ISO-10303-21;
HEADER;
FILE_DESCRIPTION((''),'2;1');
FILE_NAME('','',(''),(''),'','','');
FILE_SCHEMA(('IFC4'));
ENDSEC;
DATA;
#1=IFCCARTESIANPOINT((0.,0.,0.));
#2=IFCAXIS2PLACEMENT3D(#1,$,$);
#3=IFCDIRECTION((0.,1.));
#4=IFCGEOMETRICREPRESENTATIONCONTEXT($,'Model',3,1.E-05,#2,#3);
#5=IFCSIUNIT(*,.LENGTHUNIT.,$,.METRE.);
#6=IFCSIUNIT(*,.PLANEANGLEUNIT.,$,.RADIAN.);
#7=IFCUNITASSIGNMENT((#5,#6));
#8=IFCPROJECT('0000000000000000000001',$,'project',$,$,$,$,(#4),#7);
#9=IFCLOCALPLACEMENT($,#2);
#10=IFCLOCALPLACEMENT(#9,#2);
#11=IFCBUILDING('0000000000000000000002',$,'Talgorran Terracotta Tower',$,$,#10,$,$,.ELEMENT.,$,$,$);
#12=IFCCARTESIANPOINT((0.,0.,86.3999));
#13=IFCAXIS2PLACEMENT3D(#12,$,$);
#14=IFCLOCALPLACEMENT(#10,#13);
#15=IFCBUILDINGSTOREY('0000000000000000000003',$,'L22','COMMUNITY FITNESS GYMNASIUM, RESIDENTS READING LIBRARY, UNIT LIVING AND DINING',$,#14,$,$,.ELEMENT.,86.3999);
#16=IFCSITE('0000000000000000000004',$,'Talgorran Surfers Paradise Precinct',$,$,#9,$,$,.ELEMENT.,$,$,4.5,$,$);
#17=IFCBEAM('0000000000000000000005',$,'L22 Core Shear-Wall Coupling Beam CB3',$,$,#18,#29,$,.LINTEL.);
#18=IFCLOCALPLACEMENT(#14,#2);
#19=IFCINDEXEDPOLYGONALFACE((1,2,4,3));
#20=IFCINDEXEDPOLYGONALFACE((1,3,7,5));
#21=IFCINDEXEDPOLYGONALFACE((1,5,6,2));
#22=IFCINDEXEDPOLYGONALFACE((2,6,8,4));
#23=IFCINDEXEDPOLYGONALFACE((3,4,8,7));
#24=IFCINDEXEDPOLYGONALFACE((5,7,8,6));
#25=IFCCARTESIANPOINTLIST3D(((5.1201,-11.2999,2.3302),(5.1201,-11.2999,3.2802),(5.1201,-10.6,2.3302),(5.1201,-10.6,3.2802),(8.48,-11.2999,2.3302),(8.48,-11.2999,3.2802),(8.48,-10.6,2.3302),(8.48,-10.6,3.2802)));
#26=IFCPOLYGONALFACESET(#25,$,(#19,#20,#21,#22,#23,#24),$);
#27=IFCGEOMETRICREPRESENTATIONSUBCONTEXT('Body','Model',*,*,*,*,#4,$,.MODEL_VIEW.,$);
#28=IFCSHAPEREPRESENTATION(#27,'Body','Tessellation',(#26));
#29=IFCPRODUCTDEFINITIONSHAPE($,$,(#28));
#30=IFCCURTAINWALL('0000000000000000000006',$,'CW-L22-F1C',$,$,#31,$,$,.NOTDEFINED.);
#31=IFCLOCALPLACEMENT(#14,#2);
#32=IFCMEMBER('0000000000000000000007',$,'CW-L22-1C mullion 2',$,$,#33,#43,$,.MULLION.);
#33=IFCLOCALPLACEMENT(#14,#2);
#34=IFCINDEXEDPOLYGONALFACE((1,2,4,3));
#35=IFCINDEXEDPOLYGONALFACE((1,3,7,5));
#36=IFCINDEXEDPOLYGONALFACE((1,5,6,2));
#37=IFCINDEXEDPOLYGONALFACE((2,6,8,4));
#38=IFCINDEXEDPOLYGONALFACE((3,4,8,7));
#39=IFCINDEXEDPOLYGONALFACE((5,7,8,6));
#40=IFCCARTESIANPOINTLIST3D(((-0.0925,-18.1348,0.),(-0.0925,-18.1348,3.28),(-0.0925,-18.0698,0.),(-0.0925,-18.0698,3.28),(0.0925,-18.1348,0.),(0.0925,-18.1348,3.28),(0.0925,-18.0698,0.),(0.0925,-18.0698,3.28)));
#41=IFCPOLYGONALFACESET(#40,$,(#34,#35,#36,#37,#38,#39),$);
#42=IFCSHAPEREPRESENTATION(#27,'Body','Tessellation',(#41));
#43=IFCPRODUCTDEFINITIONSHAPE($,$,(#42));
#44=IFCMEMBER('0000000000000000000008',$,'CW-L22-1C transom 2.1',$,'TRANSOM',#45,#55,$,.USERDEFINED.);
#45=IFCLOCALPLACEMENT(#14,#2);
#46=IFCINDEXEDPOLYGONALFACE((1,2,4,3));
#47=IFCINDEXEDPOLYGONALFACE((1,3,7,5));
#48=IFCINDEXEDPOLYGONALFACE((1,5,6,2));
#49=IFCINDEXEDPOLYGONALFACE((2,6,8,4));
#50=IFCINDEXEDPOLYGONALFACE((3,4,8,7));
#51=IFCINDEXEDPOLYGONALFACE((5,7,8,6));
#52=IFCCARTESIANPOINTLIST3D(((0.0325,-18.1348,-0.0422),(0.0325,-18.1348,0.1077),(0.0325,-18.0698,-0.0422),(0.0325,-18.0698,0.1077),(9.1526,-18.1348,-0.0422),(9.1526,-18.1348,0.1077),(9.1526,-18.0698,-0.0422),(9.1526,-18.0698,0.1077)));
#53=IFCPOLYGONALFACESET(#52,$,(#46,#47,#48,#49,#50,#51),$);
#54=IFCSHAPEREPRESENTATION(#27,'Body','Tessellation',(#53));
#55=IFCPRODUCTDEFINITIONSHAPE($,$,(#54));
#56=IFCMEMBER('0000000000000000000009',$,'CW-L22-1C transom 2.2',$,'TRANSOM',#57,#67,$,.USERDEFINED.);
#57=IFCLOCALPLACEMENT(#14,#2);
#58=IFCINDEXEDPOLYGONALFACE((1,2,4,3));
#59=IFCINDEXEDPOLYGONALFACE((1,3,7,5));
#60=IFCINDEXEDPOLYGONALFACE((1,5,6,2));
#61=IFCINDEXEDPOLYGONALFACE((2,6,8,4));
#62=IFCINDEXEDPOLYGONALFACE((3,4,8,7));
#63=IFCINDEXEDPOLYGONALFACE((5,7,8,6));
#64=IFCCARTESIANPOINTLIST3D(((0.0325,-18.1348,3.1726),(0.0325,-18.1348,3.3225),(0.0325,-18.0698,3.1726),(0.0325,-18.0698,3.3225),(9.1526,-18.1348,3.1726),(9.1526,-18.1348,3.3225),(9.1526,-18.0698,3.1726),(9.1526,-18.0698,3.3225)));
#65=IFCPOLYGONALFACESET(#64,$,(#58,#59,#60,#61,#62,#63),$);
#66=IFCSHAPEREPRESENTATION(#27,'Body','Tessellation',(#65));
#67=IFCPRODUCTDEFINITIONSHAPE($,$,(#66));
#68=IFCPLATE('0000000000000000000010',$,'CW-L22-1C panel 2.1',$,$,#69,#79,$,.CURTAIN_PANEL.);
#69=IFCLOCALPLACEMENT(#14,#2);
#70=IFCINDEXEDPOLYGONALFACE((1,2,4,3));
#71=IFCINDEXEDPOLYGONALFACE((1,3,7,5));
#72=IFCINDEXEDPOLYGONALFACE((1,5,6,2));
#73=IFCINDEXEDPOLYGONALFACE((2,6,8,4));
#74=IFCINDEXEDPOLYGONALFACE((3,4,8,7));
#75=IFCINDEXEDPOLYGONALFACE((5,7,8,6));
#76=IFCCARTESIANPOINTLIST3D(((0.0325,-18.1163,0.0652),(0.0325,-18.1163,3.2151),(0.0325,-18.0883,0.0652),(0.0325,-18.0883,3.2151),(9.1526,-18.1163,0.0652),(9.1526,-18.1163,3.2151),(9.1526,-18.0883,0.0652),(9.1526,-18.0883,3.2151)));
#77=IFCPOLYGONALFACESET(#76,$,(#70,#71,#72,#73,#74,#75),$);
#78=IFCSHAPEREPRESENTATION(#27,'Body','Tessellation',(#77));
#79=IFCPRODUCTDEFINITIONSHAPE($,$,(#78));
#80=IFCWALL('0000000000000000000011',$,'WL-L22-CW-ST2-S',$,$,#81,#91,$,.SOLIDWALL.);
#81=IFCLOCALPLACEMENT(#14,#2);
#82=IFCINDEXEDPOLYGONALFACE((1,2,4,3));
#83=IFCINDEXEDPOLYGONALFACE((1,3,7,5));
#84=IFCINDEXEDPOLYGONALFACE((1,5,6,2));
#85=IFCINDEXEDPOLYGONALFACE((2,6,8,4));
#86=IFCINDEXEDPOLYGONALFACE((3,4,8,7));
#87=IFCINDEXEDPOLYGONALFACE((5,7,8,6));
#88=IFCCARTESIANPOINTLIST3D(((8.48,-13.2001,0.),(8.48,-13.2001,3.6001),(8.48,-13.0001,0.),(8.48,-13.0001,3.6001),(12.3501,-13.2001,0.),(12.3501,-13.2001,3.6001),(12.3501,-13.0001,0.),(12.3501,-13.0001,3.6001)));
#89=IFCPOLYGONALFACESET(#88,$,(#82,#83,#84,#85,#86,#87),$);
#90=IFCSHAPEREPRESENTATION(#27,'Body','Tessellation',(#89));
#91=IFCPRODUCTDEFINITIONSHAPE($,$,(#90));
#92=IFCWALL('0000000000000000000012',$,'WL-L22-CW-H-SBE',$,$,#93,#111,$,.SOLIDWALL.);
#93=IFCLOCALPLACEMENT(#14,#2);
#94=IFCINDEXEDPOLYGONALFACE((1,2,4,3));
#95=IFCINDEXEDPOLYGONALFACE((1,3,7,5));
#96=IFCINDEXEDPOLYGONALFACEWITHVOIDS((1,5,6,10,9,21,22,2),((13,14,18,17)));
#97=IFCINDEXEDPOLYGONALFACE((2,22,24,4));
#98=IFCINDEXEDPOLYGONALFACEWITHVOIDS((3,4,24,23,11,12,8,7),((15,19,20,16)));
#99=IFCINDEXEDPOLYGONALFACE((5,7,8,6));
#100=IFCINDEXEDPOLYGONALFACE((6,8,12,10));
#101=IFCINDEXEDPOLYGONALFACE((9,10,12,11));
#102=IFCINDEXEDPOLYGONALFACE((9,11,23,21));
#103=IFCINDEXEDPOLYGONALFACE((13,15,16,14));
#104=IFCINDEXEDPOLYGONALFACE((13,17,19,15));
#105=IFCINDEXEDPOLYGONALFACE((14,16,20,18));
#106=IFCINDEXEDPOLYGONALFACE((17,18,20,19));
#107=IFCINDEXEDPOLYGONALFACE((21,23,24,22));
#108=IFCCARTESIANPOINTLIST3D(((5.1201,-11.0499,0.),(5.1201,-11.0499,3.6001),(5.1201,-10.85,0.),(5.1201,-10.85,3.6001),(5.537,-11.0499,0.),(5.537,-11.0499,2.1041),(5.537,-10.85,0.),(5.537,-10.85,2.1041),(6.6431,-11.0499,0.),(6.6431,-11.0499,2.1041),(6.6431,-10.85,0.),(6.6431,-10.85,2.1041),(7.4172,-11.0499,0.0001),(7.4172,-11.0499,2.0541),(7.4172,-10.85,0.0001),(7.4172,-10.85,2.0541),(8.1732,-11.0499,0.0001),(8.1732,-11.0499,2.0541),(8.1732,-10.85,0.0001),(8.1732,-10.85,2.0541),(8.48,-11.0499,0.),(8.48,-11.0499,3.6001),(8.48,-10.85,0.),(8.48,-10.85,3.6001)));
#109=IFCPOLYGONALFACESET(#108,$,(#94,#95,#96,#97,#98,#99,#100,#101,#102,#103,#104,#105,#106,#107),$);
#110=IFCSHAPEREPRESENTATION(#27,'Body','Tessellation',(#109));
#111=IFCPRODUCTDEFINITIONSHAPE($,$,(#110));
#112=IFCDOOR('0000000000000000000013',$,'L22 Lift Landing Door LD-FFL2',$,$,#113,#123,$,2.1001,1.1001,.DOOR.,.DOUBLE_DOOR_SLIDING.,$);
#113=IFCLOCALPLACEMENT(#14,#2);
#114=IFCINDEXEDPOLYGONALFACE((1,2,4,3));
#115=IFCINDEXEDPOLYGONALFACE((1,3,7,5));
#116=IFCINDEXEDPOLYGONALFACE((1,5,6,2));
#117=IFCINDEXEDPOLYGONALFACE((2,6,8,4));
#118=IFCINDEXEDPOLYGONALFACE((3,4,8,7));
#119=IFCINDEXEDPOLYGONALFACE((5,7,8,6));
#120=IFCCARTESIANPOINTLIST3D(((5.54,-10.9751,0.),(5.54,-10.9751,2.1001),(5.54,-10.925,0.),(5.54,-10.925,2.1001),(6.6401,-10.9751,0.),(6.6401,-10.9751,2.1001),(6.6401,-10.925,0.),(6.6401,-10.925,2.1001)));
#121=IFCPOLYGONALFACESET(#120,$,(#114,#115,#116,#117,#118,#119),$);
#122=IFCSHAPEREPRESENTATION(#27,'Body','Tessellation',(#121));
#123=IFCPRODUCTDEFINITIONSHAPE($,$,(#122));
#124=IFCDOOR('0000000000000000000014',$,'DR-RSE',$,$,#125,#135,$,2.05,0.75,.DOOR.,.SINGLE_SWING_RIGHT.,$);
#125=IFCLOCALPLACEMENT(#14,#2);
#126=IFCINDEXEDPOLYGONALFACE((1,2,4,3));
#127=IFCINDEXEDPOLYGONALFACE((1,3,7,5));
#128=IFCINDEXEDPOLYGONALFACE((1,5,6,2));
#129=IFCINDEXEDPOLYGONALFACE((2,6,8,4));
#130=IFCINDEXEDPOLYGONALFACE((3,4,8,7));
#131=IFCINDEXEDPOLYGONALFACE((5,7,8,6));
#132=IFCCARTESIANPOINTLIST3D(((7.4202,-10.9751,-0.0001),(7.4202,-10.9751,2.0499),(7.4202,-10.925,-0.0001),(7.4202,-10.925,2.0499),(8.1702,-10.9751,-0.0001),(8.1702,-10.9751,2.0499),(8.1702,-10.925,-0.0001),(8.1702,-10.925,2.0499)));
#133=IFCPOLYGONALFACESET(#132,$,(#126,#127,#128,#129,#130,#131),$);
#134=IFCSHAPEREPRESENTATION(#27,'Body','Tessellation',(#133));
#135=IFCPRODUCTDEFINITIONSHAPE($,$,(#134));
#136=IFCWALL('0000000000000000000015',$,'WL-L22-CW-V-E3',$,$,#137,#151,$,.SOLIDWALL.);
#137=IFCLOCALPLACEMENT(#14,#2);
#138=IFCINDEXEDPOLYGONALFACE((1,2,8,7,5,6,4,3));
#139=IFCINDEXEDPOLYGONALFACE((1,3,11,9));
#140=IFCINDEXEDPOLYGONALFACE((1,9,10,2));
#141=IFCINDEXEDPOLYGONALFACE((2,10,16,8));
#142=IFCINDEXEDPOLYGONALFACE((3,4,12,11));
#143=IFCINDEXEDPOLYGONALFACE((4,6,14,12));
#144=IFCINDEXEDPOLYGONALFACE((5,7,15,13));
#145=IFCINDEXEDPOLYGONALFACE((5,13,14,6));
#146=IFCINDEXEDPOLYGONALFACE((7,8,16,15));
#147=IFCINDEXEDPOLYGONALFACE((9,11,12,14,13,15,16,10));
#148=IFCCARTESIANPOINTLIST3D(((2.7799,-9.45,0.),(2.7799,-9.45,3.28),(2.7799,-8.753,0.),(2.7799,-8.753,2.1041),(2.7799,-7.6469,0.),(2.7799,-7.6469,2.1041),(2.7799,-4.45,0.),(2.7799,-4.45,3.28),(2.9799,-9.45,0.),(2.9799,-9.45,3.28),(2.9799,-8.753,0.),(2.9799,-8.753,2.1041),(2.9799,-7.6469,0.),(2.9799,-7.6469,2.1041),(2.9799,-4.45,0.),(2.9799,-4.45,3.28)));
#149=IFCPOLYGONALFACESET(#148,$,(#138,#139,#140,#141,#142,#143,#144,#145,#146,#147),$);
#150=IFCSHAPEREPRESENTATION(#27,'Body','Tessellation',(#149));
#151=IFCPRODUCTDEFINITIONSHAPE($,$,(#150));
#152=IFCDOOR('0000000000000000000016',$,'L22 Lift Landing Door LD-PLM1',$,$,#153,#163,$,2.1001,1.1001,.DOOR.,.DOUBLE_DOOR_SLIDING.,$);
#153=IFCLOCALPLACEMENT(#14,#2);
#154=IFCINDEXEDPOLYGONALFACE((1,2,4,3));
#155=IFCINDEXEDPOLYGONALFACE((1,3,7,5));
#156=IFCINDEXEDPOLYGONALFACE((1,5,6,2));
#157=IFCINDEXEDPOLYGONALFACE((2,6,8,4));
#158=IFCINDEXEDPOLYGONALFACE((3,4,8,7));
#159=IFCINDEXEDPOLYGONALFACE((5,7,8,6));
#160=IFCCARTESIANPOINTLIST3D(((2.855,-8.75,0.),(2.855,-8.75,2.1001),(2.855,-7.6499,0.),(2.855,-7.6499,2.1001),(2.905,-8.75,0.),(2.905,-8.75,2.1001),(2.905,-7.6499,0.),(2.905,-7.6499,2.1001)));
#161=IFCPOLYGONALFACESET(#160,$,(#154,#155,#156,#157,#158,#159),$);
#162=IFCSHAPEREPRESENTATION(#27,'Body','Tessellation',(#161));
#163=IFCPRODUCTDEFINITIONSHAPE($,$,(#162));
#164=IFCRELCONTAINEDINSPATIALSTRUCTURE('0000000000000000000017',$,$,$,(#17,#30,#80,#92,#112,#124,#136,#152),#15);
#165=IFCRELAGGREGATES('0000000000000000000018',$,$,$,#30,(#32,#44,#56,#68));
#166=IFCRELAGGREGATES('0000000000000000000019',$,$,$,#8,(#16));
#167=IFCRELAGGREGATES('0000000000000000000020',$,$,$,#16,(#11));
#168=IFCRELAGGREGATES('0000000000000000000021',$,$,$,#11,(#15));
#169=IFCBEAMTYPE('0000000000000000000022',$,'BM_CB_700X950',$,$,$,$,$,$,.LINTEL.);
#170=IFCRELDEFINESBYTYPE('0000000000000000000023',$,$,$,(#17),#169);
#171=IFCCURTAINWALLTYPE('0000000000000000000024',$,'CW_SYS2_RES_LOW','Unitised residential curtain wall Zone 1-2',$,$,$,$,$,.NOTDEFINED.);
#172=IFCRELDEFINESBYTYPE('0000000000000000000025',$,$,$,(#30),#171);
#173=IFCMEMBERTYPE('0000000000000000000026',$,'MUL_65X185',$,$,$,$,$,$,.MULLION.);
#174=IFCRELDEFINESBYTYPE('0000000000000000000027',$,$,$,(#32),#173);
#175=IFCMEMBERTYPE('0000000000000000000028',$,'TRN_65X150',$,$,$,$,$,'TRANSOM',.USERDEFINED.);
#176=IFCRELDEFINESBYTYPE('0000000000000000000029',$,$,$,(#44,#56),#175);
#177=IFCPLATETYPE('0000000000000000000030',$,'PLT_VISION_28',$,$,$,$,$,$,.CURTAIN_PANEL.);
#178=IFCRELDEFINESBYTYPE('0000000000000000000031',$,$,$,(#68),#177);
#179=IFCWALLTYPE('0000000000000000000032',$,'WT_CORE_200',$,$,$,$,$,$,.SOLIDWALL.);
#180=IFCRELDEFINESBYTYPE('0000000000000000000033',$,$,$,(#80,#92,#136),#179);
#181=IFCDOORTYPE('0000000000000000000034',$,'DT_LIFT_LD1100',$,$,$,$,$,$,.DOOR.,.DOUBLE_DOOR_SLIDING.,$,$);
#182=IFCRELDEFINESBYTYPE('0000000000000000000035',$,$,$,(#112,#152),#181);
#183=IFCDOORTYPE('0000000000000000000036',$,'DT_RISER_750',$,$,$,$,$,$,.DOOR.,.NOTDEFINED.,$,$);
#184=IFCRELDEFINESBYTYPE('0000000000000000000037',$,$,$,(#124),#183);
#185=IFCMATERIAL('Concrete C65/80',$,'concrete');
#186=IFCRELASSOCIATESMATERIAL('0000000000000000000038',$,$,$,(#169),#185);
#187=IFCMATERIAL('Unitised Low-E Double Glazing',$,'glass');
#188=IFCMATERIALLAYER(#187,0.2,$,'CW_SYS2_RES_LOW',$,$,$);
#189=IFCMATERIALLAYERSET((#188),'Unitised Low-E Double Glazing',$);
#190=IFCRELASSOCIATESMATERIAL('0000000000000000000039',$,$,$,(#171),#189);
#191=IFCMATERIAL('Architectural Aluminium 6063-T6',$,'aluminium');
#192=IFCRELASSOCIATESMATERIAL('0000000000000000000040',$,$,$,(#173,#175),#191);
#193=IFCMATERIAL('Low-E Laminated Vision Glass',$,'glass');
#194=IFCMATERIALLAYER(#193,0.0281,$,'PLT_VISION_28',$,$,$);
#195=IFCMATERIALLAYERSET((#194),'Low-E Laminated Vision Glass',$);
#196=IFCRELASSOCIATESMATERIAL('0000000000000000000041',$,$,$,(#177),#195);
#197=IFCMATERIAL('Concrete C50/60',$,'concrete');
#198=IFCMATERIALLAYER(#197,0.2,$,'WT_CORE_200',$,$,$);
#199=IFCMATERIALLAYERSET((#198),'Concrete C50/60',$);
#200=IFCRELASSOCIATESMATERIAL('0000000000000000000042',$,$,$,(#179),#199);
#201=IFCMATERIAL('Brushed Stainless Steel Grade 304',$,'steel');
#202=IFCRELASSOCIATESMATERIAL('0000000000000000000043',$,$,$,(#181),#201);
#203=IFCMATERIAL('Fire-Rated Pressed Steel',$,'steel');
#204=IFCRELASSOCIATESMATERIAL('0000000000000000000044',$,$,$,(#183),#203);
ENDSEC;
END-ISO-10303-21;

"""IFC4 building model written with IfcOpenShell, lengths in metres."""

from ifc_helpers import new_model, si_unit, direction, frame, frame_2d, origin, origin_2d, place, context, subcontext, project, spatial, rectangle, extrude, source, transform, mapped, material, layer, layer_set, material_profile, profile_set, type_object, type_shapes, element, fill, aggregate, save


model = new_model("IFC4")

# Units and contexts
model_context = context("Model", 3, precision=1e-05, world=origin(), true_north=direction((0.0, 1.0)))
body_context = subcontext(model_context, "Body", "Model", "MODEL_VIEW")
ifc_project = project(units=[si_unit("LENGTHUNIT", "METRE"), si_unit("PLANEANGLEUNIT", "RADIAN")], contexts=[model_context])

# Site, building, storey
site_placement = place(None, origin())
site = spatial("IfcSite", under=ifc_project, at=site_placement, Name="Talgorran Surfers Paradise Precinct", CompositionType="ELEMENT", RefElevation=4.5)
building_placement = place(site_placement, origin())
building = spatial("IfcBuilding", under=site, at=building_placement, Name="Talgorran Terracotta Tower", CompositionType="ELEMENT")
storey_placement = place(building_placement, frame((0.0, 0.0, 86.3999)))
storey = spatial("IfcBuildingStorey", under=building, at=storey_placement, Name="L22", Description="COMMUNITY FITNESS GYMNASIUM, RESIDENTS READING LIBRARY, UNIT LIVING AND DINING", CompositionType="ELEMENT", Elevation=86.3999)

# Beam
ifc_material_1 = material(Name="Concrete C65/80", Category="concrete")
ifc_material_profile_1 = material_profile(ifc_material_1, rectangle(XDim=0.7, YDim=0.95, at=origin_2d()), Name="RCCB700X950")
ifc_profile_set_1 = profile_set([ifc_material_profile_1], Name="Concrete C65/80")
beam_type = type_object("IfcBeamType", Name="BM_CB_700X950", PredefinedType="LINTEL", material=ifc_profile_set_1)
beam_placement = place(storey_placement, frame((5.1201, -10.95, 2.8052), z_axis=(1.0, 0.0, 0.0), x_axis=(0.0, 1.0, 0.0)))
element("IfcBeam", 1, at=beam_placement, inside=storey, type_object=beam_type, Name="L22 Core Shear-Wall Coupling Beam CB3", PredefinedType="LINTEL", context=body_context, shape_type="SweptSolid", body=[
    extrude(rectangle(XDim=0.7, YDim=0.95, at=origin_2d()), origin(), (0.0, 0.0, 1.0), 3.3599),
])

# Curtain wall, members, plate
ifc_material_2 = material(Name="Unitised Low-E Double Glazing", Category="glass")
ifc_layer_1 = layer(ifc_material_2, 0.2, Name="CW_SYS2_RES_LOW")
ifc_layer_set_1 = layer_set([ifc_layer_1], Name="Unitised Low-E Double Glazing")
curtain_wall_type = type_object("IfcCurtainWallType", Name="CW_SYS2_RES_LOW", Description="Unitised residential curtain wall Zone 1-2", PredefinedType="NOTDEFINED", material=ifc_layer_set_1)
curtain_wall_placement = place(storey_placement, origin())
curtain_wall = element("IfcCurtainWall", 2, at=curtain_wall_placement, inside=storey, type_object=curtain_wall_type, Name="CW-L22-F1C", PredefinedType="NOTDEFINED")
ifc_material_3 = material(Name="Architectural Aluminium 6063-T6", Category="aluminium")
ifc_material_profile_2 = material_profile(ifc_material_3, rectangle(XDim=0.0649, YDim=0.1851, at=origin_2d()), Name="CWM65X185")
ifc_profile_set_2 = profile_set([ifc_material_profile_2], Name="Architectural Aluminium 6063-T6")
member_type_1 = type_object("IfcMemberType", Name="MUL_65X185", PredefinedType="MULLION", material=ifc_profile_set_2)
member_1_placement = place(storey_placement, frame((0.0, -18.1023, 0.0), z_axis=(0.0, 0.0, 1.0), x_axis=(0.0, 1.0, 0.0)))
member_1 = element("IfcMember", 3, at=member_1_placement, type_object=member_type_1, Name="CW-L22-1C mullion 2", PredefinedType="MULLION", context=body_context, shape_type="SweptSolid", body=[
    extrude(rectangle(XDim=0.0649, YDim=0.1851, at=origin_2d()), origin(), (0.0, 0.0, 1.0), 3.28),
])
ifc_material_profile_3 = material_profile(ifc_material_3, rectangle(XDim=0.0649, YDim=0.1499, at=origin_2d()), Name="CWT65X150")
ifc_profile_set_3 = profile_set([ifc_material_profile_3], Name="Architectural Aluminium 6063-T6")
member_type_2 = type_object("IfcMemberType", Name="TRN_65X150", ElementType="TRANSOM", PredefinedType="USERDEFINED", material=ifc_profile_set_3)
member_2_placement = place(storey_placement, frame((0.0325, -18.1023, 0.0327), z_axis=(1.0, 0.0, 0.0), x_axis=(0.0, 1.0, 0.0)))
member_2 = element("IfcMember", 4, at=member_2_placement, type_object=member_type_2, Name="CW-L22-1C transom 2.1", ObjectType="TRANSOM", PredefinedType="USERDEFINED", context=body_context, shape_type="SweptSolid", body=[
    extrude(rectangle(XDim=0.0649, YDim=0.1499, at=origin_2d()), origin(), (0.0, 0.0, 1.0), 9.1201),
])
member_3_placement = place(storey_placement, frame((0.0325, -18.1023, 3.2476), z_axis=(1.0, 0.0, 0.0), x_axis=(0.0, 1.0, 0.0)))
member_3 = element("IfcMember", 5, at=member_3_placement, type_object=member_type_2, Name="CW-L22-1C transom 2.2", ObjectType="TRANSOM", PredefinedType="USERDEFINED", context=body_context, shape_type="SweptSolid", body=[
    extrude(rectangle(XDim=0.0649, YDim=0.1499, at=origin_2d()), origin(), (0.0, 0.0, 1.0), 9.1201),
])
ifc_material_4 = material(Name="Low-E Laminated Vision Glass", Category="glass")
ifc_layer_2 = layer(ifc_material_4, 0.0281, Name="PLT_VISION_28")
ifc_layer_set_2 = layer_set([ifc_layer_2], Name="Low-E Laminated Vision Glass")
plate_type = type_object("IfcPlateType", Name="PLT_VISION_28", PredefinedType="CURTAIN_PANEL", material=ifc_layer_set_2)
shared_shape = source(origin(), body_context, "Body", "SweptSolid", [
    extrude(rectangle(XDim=9.1201, YDim=0.0281, at=origin_2d()), origin(), (0.0, 0.0, 1.0), 3.1499),
])
type_shapes(plate_type, [shared_shape])
plate_placement = place(storey_placement, frame((4.5925, -18.1023, 0.0652), z_axis=(0.0, 0.0, 1.0), x_axis=(1.0, 0.0, 0.0)))
plate = element("IfcPlate", 6, at=plate_placement, type_object=plate_type, Name="CW-L22-1C panel 2.1", PredefinedType="CURTAIN_PANEL", context=body_context, shape_type="MappedRepresentation", body=[
    mapped(shared_shape, transform((0.0, 0.0, 0.0), scale=1.0)),
])
aggregate(curtain_wall, [member_1, member_2, member_3, plate])

# Wall
ifc_material_5 = material(Name="Concrete C50/60", Category="concrete")
ifc_layer_3 = layer(ifc_material_5, 0.2, Name="WT_CORE_200")
ifc_layer_set_3 = layer_set([ifc_layer_3], Name="Concrete C50/60")
wall_type_1 = type_object("IfcWallType", Name="WT_CORE_200", PredefinedType="SOLIDWALL", material=ifc_layer_set_3)
wall_1_placement = place(storey_placement, frame((8.48, -13.1001, 0.0), z_axis=(0.0, 0.0, 1.0), x_axis=(1.0, 0.0, 0.0)))
element("IfcWall", 7, at=wall_1_placement, inside=storey, type_object=wall_type_1, Name="WL-L22-CW-ST2-S", PredefinedType="SOLIDWALL", context=body_context, shape_type="SweptSolid", body=[
    extrude(rectangle(XDim=3.8701, YDim=0.2, at=frame_2d((1.9351, 0.0))), origin(), (0.0, 0.0, 1.0), 3.6001),
])

# Wall, openings, doors
wall_2_placement = place(storey_placement, frame((5.1201, -10.95, 0.0), z_axis=(0.0, 0.0, 1.0), x_axis=(1.0, 0.0, 0.0)))
wall_2 = element("IfcWall", 8, at=wall_2_placement, inside=storey, type_object=wall_type_1, Name="WL-L22-CW-H-SBE", PredefinedType="SOLIDWALL", context=body_context, shape_type="SweptSolid", body=[
    extrude(rectangle(XDim=3.3599, YDim=0.2, at=frame_2d((1.6799, 0.0))), origin(), (0.0, 0.0, 1.0), 3.6001),
])
opening_1_placement = place(wall_2_placement, frame((0.4199, 0.0, 0.0)))
opening_1 = element("IfcOpeningElement", 9, at=opening_1_placement, cuts=wall_2, PredefinedType="OPENING", context=body_context, shape_type="SweptSolid", body=[
    extrude(rectangle(XDim=1.1061, YDim=2.1041, at=frame_2d((0.55, 1.052))), frame((0.0, 0.1099, 0.0), z_axis=(0.0, -1.0, 0.0), x_axis=(1.0, 0.0, 0.0)), (0.0, 0.0, 1.0), 0.22),
])
opening_2_placement = place(wall_2_placement, frame((2.3, 0.0, 0.0)))
opening_2 = element("IfcOpeningElement", 10, at=opening_2_placement, cuts=wall_2, PredefinedType="OPENING", context=body_context, shape_type="SweptSolid", body=[
    extrude(rectangle(XDim=0.756, YDim=2.054, at=frame_2d((0.375, 1.0271))), frame((0.0, 0.1099, 0.0), z_axis=(0.0, -1.0, 0.0), x_axis=(1.0, 0.0, 0.0)), (0.0, 0.0, 1.0), 0.22),
])
ifc_material_6 = material(Name="Brushed Stainless Steel Grade 304", Category="steel")
door_type_1 = type_object("IfcDoorType", Name="DT_LIFT_LD1100", OperationType="DOUBLE_DOOR_SLIDING", PredefinedType="DOOR", material=ifc_material_6)
door_1_placement = place(opening_1_placement, origin())
door_1 = element("IfcDoor", 11, at=door_1_placement, inside=storey, type_object=door_type_1, Name="L22 Lift Landing Door LD-FFL2", OperationType="DOUBLE_DOOR_SLIDING", OverallHeight=2.1001, OverallWidth=1.1001, PredefinedType="DOOR", context=body_context, shape_type="SweptSolid", body=[
    extrude(rectangle(XDim=1.1001, YDim=2.1001, at=frame_2d((0.55, 1.05))), frame((0.0, 0.0249, 0.0), z_axis=(0.0, -1.0, 0.0), x_axis=(1.0, 0.0, 0.0)), (0.0, 0.0, 1.0), 0.05),
])
fill(opening_1, door_1)
ifc_material_7 = material(Name="Fire-Rated Pressed Steel", Category="steel")
door_type_2 = type_object("IfcDoorType", Name="DT_RISER_750", OperationType="NOTDEFINED", PredefinedType="DOOR", material=ifc_material_7)
door_2_placement = place(opening_2_placement, origin())
door_2 = element("IfcDoor", 12, at=door_2_placement, inside=storey, type_object=door_type_2, Name="DR-RSE", OperationType="SINGLE_SWING_RIGHT", OverallHeight=2.05, OverallWidth=0.75, PredefinedType="DOOR", context=body_context, shape_type="SweptSolid", body=[
    extrude(rectangle(XDim=0.75, YDim=2.05, at=frame_2d((0.375, 1.0249))), frame((0.0, 0.0249, 0.0), z_axis=(0.0, -1.0, 0.0), x_axis=(1.0, 0.0, 0.0)), (0.0, 0.0, 1.0), 0.05),
])
fill(opening_2, door_2)

# Wall, opening, door
wall_3_placement = place(storey_placement, frame((2.8799, -9.45, 0.0), z_axis=(0.0, 0.0, 1.0), x_axis=(0.0, 1.0, 0.0)))
wall_3 = element("IfcWall", 13, at=wall_3_placement, inside=storey, type_object=wall_type_1, Name="WL-L22-CW-V-E3", PredefinedType="SOLIDWALL", context=body_context, shape_type="SweptSolid", body=[
    extrude(rectangle(XDim=5.0, YDim=0.2, at=frame_2d((2.5, 0.0))), origin(), (0.0, 0.0, 1.0), 3.28),
])
opening_3_placement = place(wall_3_placement, frame((0.7, 0.0, 0.0)))
opening_3 = element("IfcOpeningElement", 14, at=opening_3_placement, cuts=wall_3, PredefinedType="OPENING", context=body_context, shape_type="SweptSolid", body=[
    extrude(rectangle(XDim=1.1061, YDim=2.1041, at=frame_2d((0.55, 1.052))), frame((0.0, 0.1099, 0.0), z_axis=(0.0, -1.0, 0.0), x_axis=(1.0, 0.0, 0.0)), (0.0, 0.0, 1.0), 0.22),
])
door_3_placement = place(opening_3_placement, origin())
door_3 = element("IfcDoor", 15, at=door_3_placement, inside=storey, type_object=door_type_1, Name="L22 Lift Landing Door LD-PLM1", OperationType="DOUBLE_DOOR_SLIDING", OverallHeight=2.1001, OverallWidth=1.1001, PredefinedType="DOOR", context=body_context, shape_type="SweptSolid", body=[
    extrude(rectangle(XDim=1.1001, YDim=2.1001, at=frame_2d((0.55, 1.05))), frame((0.0, 0.0249, 0.0), z_axis=(0.0, -1.0, 0.0), x_axis=(1.0, 0.0, 0.0)), (0.0, 0.0, 1.0), 0.05),
])
fill(opening_3, door_3)

save(model, "model.ifc")
